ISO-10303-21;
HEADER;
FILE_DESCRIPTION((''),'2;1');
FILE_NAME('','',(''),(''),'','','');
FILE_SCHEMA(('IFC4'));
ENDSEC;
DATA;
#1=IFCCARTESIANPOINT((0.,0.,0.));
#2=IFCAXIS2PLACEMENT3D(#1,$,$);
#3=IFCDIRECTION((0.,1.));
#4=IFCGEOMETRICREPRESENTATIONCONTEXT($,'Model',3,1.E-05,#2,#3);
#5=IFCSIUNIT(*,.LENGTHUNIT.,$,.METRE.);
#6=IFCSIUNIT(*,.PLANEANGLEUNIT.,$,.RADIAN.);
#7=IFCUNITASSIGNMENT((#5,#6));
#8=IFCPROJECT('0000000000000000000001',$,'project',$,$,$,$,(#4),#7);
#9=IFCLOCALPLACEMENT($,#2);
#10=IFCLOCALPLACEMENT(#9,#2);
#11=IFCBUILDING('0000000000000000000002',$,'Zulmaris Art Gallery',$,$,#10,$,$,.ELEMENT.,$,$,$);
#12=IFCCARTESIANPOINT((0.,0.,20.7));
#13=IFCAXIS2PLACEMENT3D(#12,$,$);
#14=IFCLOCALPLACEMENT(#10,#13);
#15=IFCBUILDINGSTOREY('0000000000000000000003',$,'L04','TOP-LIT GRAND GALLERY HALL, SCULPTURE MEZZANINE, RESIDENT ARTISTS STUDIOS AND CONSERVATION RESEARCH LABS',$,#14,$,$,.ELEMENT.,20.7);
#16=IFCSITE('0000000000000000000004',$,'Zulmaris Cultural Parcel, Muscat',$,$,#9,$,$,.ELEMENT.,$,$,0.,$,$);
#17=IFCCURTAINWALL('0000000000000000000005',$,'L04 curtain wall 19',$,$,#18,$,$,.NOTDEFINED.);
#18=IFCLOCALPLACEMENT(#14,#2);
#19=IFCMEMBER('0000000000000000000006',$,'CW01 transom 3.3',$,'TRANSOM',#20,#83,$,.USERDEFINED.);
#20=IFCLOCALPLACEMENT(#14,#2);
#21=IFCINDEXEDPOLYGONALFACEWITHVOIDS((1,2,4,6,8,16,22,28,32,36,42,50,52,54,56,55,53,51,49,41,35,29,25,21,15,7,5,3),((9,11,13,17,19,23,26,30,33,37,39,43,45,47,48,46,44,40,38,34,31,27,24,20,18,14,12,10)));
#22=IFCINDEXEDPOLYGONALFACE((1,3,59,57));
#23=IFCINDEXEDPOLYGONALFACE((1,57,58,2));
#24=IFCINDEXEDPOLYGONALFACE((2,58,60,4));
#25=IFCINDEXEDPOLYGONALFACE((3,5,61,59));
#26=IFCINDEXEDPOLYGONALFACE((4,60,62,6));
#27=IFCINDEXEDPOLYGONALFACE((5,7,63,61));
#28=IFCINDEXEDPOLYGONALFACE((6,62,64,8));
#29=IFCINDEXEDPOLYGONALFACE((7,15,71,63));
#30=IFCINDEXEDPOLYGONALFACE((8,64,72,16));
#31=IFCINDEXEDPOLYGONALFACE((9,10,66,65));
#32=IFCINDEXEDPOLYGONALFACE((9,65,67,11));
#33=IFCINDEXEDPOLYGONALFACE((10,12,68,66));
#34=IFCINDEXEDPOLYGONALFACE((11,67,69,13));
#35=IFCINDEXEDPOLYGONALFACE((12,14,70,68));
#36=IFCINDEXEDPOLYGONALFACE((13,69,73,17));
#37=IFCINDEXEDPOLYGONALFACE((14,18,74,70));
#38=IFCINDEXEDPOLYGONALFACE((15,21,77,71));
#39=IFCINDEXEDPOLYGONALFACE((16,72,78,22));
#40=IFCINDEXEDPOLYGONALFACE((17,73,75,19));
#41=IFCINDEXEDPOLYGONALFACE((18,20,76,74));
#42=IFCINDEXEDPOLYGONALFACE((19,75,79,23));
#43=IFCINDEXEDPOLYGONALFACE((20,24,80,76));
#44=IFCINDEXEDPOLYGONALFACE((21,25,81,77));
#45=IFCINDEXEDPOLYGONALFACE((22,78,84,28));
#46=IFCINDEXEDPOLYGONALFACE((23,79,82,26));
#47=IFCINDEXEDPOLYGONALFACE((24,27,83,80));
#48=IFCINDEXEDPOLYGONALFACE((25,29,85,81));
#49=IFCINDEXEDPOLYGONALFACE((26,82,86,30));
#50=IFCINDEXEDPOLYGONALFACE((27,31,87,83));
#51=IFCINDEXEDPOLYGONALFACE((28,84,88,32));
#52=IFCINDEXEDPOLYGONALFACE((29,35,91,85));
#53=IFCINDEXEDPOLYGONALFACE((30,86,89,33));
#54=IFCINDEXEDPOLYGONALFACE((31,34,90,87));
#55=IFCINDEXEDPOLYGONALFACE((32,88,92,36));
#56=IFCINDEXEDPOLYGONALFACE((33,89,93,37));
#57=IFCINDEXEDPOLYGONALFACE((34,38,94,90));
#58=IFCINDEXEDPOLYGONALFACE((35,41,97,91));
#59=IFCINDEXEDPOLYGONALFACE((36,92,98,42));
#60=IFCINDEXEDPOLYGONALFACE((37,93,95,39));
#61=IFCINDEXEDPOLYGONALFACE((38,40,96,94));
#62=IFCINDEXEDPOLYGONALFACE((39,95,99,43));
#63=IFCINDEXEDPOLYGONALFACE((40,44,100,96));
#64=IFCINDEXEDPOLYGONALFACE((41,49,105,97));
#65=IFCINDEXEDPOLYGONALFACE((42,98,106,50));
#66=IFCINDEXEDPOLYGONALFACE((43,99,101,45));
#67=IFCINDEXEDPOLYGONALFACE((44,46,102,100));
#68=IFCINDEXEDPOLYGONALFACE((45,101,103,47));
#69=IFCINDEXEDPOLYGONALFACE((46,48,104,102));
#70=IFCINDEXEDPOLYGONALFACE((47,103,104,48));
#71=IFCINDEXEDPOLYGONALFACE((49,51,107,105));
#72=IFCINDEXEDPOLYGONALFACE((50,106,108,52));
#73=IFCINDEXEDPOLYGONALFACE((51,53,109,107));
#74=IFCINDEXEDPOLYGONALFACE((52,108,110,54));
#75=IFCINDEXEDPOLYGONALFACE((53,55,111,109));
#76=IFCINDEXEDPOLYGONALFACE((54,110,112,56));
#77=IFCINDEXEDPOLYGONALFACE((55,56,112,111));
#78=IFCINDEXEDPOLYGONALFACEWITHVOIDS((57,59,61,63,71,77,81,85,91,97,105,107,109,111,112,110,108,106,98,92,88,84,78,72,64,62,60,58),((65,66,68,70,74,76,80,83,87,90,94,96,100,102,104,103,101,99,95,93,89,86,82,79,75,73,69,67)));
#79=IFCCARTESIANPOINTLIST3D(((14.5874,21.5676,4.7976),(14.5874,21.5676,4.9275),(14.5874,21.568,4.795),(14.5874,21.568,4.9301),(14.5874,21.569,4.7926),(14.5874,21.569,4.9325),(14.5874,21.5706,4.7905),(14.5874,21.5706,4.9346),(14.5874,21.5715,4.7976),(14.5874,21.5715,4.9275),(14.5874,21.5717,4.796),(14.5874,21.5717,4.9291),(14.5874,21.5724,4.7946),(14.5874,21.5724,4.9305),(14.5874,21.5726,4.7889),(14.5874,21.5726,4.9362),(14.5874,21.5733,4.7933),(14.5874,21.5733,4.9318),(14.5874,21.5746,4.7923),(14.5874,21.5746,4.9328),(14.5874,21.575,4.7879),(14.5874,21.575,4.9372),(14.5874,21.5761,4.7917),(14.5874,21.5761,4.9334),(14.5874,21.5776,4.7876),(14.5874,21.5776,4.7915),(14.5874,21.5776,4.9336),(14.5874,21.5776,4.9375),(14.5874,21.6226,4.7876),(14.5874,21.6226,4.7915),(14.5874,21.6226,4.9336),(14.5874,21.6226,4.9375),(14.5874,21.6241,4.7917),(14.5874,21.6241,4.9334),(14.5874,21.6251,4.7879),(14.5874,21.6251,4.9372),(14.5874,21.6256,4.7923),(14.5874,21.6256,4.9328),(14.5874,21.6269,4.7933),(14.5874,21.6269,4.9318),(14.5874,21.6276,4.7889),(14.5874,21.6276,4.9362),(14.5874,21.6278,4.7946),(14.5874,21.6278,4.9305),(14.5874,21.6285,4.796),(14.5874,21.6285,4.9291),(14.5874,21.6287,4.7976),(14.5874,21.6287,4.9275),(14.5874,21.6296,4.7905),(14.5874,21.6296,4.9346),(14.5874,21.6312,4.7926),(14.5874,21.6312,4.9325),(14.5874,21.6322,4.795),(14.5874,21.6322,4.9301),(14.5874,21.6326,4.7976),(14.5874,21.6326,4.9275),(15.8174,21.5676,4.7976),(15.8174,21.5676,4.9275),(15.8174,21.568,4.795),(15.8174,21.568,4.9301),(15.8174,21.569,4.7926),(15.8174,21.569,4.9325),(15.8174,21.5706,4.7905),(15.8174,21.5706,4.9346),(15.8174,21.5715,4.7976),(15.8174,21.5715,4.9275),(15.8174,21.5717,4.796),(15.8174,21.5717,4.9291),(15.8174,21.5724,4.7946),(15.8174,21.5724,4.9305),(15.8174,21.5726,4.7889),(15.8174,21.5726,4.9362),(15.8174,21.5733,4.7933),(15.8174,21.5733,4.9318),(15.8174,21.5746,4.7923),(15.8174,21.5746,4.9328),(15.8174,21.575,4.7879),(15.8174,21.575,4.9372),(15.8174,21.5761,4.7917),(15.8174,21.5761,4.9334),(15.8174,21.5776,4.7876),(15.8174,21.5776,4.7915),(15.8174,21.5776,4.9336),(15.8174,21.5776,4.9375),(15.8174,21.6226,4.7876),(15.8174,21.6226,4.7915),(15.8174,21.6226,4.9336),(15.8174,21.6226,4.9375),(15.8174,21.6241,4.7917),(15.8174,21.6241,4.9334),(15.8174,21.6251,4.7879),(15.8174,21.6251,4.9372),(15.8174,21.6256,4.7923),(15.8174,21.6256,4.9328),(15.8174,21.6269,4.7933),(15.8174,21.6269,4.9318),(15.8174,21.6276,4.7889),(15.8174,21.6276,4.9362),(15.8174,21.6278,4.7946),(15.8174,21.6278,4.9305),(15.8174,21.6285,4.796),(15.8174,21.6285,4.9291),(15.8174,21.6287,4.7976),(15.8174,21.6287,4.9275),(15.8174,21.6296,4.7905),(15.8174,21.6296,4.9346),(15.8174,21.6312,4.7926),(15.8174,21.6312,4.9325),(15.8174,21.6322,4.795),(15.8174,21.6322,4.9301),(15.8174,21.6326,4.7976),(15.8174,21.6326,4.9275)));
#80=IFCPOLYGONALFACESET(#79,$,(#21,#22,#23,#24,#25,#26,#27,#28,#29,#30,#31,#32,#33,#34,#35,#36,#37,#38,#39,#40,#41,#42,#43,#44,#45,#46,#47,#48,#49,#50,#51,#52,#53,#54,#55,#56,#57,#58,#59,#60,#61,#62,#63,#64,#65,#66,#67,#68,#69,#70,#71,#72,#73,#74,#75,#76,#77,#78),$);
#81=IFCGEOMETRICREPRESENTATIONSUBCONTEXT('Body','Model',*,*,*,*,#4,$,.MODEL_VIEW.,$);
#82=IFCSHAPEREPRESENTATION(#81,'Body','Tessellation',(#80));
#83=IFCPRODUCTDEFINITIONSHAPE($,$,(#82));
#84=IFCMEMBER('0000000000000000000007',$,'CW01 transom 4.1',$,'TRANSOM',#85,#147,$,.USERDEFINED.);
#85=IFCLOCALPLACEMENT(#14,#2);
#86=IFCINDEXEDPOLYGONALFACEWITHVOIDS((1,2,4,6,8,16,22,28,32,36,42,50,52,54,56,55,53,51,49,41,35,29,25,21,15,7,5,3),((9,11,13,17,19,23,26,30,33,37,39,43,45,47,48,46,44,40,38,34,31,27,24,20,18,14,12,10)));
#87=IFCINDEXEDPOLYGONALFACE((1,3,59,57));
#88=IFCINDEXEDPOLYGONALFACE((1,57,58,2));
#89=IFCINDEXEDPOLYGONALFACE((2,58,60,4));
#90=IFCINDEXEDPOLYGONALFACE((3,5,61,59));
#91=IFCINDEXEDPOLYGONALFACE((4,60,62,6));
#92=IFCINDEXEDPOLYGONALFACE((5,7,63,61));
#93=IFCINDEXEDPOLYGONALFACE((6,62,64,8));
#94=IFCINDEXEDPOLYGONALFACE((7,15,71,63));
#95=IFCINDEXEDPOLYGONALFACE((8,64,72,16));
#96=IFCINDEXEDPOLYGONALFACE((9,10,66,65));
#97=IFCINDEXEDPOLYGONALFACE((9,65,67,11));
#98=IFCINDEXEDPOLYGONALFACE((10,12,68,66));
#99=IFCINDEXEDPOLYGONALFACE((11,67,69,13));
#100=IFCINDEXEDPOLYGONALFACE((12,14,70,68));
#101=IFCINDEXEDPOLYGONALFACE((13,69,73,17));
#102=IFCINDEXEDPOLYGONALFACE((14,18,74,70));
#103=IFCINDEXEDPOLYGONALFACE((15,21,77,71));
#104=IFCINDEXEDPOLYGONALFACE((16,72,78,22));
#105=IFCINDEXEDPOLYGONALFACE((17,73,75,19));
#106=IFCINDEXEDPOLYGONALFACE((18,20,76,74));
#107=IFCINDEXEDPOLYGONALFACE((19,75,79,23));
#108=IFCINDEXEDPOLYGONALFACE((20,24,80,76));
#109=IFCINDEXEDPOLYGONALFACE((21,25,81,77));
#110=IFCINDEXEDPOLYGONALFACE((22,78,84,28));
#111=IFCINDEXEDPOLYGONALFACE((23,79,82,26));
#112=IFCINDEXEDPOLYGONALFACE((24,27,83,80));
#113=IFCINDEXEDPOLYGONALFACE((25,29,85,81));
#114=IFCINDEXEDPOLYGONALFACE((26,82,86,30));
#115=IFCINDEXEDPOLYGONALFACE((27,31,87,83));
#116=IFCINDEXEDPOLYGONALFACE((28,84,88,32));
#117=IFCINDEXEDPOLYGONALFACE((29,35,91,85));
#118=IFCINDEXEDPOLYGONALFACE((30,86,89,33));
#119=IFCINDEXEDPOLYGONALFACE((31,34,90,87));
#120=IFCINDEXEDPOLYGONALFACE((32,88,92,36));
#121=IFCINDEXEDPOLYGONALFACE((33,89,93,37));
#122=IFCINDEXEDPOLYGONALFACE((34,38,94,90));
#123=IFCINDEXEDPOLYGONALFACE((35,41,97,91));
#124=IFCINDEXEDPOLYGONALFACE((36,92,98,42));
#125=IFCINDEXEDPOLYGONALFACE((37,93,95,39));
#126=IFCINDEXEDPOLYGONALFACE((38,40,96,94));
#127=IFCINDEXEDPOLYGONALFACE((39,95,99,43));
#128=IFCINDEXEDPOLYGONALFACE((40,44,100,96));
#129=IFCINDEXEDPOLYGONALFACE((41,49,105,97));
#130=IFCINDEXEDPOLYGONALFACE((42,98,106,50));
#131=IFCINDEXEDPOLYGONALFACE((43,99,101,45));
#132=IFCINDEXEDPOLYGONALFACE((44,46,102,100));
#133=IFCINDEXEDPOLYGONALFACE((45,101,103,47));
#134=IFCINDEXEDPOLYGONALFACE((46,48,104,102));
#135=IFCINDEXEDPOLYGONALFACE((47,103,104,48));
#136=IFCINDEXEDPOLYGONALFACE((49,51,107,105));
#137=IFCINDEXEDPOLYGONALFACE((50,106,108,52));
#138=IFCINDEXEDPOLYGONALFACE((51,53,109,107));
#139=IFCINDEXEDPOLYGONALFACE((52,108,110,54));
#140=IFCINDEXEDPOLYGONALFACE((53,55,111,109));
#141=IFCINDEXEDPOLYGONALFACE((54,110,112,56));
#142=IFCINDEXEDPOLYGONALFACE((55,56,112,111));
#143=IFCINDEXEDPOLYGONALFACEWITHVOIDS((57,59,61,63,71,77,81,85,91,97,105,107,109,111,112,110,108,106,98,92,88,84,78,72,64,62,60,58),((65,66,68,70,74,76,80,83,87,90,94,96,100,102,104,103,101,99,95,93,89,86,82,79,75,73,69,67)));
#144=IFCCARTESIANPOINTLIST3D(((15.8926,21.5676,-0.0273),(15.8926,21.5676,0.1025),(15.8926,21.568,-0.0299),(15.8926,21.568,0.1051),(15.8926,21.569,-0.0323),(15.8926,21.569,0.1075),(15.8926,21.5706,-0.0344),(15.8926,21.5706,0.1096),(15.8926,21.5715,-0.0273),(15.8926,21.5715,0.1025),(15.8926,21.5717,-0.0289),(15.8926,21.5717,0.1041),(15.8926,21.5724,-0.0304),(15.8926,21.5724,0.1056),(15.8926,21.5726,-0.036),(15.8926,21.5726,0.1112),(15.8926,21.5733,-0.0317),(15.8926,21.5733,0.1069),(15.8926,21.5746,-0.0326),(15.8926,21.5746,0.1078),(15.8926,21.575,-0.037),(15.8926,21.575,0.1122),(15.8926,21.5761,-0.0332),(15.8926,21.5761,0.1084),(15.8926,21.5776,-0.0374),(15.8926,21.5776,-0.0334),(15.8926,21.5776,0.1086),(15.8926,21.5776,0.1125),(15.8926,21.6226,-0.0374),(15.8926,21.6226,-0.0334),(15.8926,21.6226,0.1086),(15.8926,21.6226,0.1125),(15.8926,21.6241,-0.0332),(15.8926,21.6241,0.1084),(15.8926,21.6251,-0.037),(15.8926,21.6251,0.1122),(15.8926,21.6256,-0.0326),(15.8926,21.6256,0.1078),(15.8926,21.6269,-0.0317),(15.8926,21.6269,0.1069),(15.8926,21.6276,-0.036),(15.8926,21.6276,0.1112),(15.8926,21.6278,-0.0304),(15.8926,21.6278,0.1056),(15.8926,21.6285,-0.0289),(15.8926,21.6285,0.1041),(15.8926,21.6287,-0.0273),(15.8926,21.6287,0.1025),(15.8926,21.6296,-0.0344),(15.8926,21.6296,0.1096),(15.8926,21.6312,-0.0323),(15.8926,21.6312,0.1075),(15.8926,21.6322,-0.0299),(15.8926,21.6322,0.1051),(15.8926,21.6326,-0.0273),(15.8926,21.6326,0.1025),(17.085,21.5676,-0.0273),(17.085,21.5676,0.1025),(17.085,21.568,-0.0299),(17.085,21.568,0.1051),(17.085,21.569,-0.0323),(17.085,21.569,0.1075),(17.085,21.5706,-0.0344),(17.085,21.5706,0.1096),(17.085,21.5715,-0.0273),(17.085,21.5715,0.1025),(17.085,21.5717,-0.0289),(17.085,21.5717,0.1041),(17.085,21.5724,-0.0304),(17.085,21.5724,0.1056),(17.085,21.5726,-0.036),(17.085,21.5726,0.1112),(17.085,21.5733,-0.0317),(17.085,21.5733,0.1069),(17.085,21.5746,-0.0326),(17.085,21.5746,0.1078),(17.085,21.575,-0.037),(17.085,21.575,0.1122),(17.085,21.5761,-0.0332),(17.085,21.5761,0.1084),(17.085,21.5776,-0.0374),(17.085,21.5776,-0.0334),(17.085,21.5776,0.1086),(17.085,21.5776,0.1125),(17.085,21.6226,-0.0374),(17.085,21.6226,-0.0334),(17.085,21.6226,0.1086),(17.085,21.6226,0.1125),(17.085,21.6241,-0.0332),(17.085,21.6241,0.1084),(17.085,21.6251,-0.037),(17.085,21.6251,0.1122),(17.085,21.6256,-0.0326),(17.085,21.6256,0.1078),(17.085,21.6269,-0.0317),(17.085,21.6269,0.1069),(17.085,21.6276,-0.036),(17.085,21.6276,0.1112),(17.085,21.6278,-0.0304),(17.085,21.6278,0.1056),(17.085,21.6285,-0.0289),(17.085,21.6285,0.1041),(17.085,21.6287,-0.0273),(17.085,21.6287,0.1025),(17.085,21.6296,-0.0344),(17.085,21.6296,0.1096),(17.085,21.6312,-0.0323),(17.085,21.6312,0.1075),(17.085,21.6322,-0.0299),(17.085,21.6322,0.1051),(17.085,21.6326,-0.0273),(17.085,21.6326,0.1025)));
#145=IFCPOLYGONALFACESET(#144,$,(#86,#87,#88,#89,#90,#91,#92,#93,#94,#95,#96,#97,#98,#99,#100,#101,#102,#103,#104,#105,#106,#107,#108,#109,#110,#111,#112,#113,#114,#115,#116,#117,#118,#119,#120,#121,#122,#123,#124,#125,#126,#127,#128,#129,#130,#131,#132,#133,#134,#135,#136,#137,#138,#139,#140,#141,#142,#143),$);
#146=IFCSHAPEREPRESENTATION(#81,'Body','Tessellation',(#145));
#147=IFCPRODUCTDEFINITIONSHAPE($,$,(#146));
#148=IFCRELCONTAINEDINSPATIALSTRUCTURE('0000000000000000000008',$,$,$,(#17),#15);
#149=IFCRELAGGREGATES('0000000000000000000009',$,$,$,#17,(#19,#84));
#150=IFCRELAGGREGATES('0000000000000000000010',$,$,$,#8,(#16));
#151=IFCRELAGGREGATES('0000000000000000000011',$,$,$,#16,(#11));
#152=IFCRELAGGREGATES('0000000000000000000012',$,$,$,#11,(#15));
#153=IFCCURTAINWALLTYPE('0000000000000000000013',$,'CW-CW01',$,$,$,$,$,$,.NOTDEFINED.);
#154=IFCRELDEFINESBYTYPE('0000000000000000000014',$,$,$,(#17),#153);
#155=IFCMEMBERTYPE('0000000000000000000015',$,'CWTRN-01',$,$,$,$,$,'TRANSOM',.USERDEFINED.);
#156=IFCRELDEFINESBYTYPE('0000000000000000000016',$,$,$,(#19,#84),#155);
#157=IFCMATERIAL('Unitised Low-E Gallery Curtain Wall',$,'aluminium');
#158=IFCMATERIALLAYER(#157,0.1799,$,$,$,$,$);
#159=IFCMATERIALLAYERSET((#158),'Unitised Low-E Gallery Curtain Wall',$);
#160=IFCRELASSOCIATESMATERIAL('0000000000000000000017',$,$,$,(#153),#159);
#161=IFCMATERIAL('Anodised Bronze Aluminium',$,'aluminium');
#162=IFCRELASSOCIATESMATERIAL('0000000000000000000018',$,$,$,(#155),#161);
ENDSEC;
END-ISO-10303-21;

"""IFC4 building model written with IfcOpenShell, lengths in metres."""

from ifc_helpers import new_model, si_unit, direction, frame, origin, origin_2d, place, context, subcontext, project, spatial, hollow_rectangle, extrude, material, layer, layer_set, material_profile, profile_set, type_object, element, aggregate, save


model = new_model("IFC4")

# Units and contexts
model_context = context("Model", 3, precision=1e-05, world=origin(), true_north=direction((0.0, 1.0)))
body_context = subcontext(model_context, "Body", "Model", "MODEL_VIEW")
ifc_project = project(units=[si_unit("LENGTHUNIT", "METRE"), si_unit("PLANEANGLEUNIT", "RADIAN")], contexts=[model_context])

# Site, building, storey
site_placement = place(None, origin())
site = spatial("IfcSite", under=ifc_project, at=site_placement, Name="Zulmaris Cultural Parcel, Muscat", CompositionType="ELEMENT", RefElevation=0.0)
building_placement = place(site_placement, origin())
building = spatial("IfcBuilding", under=site, at=building_placement, Name="Zulmaris Art Gallery", CompositionType="ELEMENT")
storey_placement = place(building_placement, frame((0.0, 0.0, 20.7)))
storey = spatial("IfcBuildingStorey", under=building, at=storey_placement, Name="L04", Description="TOP-LIT GRAND GALLERY HALL, SCULPTURE MEZZANINE, RESIDENT ARTISTS STUDIOS AND CONSERVATION RESEARCH LABS", CompositionType="ELEMENT", Elevation=20.7)

# Curtain wall, members
ifc_material_1 = material(Name="Unitised Low-E Gallery Curtain Wall", Category="aluminium")
ifc_layer_1 = layer(ifc_material_1, 0.1799)
ifc_layer_set_1 = layer_set([ifc_layer_1], Name="Unitised Low-E Gallery Curtain Wall")
curtain_wall_type = type_object("IfcCurtainWallType", Name="CW-CW01", PredefinedType="NOTDEFINED", material=ifc_layer_set_1)
curtain_wall_placement = place(storey_placement, origin())
curtain_wall = element("IfcCurtainWall", 1, at=curtain_wall_placement, inside=storey, type_object=curtain_wall_type, Name="L04 curtain wall 19", PredefinedType="NOTDEFINED")
ifc_material_2 = material(Name="Anodised Bronze Aluminium", Category="aluminium")
ifc_material_profile_1 = material_profile(ifc_material_2, hollow_rectangle(XDim=0.0649, YDim=0.1499, WallThickness=0.0039, InnerFilletRadius=0.0061, OuterFilletRadius=0.01, at=origin_2d()), Name="ALU 65x150x4")
ifc_profile_set_1 = profile_set([ifc_material_profile_1], Name="Anodised Bronze Aluminium")
member_type_1 = type_object("IfcMemberType", Name="CWTRN-01", ElementType="TRANSOM", PredefinedType="USERDEFINED", material=ifc_profile_set_1)
member_1_placement = place(storey_placement, frame((14.5874, 21.6001, 4.8625), z_axis=(1.0, 0.0, 0.0), x_axis=(0.0, 1.0, 0.0)))
member_1 = element("IfcMember", 2, at=member_1_placement, type_object=member_type_1, Name="CW01 transom 3.3", ObjectType="TRANSOM", PredefinedType="USERDEFINED", context=body_context, shape_type="SweptSolid", body=[
    extrude(hollow_rectangle(XDim=0.0649, YDim=0.1499, WallThickness=0.0039, InnerFilletRadius=0.0061, OuterFilletRadius=0.01, at=origin_2d()), origin(), (0.0, 0.0, 1.0), 1.23),
])
member_2_placement = place(storey_placement, frame((15.8926, 21.6001, 0.0376), z_axis=(1.0, 0.0, 0.0), x_axis=(0.0, 1.0, 0.0)))
member_2 = element("IfcMember", 3, at=member_2_placement, type_object=member_type_1, Name="CW01 transom 4.1", ObjectType="TRANSOM", PredefinedType="USERDEFINED", context=body_context, shape_type="SweptSolid", body=[
    extrude(hollow_rectangle(XDim=0.0649, YDim=0.1499, WallThickness=0.0039, InnerFilletRadius=0.0061, OuterFilletRadius=0.01, at=origin_2d()), origin(), (0.0, 0.0, 1.0), 1.1924),
])

aggregate(curtain_wall, [member_1, member_2])

save(model, "model.ifc")
